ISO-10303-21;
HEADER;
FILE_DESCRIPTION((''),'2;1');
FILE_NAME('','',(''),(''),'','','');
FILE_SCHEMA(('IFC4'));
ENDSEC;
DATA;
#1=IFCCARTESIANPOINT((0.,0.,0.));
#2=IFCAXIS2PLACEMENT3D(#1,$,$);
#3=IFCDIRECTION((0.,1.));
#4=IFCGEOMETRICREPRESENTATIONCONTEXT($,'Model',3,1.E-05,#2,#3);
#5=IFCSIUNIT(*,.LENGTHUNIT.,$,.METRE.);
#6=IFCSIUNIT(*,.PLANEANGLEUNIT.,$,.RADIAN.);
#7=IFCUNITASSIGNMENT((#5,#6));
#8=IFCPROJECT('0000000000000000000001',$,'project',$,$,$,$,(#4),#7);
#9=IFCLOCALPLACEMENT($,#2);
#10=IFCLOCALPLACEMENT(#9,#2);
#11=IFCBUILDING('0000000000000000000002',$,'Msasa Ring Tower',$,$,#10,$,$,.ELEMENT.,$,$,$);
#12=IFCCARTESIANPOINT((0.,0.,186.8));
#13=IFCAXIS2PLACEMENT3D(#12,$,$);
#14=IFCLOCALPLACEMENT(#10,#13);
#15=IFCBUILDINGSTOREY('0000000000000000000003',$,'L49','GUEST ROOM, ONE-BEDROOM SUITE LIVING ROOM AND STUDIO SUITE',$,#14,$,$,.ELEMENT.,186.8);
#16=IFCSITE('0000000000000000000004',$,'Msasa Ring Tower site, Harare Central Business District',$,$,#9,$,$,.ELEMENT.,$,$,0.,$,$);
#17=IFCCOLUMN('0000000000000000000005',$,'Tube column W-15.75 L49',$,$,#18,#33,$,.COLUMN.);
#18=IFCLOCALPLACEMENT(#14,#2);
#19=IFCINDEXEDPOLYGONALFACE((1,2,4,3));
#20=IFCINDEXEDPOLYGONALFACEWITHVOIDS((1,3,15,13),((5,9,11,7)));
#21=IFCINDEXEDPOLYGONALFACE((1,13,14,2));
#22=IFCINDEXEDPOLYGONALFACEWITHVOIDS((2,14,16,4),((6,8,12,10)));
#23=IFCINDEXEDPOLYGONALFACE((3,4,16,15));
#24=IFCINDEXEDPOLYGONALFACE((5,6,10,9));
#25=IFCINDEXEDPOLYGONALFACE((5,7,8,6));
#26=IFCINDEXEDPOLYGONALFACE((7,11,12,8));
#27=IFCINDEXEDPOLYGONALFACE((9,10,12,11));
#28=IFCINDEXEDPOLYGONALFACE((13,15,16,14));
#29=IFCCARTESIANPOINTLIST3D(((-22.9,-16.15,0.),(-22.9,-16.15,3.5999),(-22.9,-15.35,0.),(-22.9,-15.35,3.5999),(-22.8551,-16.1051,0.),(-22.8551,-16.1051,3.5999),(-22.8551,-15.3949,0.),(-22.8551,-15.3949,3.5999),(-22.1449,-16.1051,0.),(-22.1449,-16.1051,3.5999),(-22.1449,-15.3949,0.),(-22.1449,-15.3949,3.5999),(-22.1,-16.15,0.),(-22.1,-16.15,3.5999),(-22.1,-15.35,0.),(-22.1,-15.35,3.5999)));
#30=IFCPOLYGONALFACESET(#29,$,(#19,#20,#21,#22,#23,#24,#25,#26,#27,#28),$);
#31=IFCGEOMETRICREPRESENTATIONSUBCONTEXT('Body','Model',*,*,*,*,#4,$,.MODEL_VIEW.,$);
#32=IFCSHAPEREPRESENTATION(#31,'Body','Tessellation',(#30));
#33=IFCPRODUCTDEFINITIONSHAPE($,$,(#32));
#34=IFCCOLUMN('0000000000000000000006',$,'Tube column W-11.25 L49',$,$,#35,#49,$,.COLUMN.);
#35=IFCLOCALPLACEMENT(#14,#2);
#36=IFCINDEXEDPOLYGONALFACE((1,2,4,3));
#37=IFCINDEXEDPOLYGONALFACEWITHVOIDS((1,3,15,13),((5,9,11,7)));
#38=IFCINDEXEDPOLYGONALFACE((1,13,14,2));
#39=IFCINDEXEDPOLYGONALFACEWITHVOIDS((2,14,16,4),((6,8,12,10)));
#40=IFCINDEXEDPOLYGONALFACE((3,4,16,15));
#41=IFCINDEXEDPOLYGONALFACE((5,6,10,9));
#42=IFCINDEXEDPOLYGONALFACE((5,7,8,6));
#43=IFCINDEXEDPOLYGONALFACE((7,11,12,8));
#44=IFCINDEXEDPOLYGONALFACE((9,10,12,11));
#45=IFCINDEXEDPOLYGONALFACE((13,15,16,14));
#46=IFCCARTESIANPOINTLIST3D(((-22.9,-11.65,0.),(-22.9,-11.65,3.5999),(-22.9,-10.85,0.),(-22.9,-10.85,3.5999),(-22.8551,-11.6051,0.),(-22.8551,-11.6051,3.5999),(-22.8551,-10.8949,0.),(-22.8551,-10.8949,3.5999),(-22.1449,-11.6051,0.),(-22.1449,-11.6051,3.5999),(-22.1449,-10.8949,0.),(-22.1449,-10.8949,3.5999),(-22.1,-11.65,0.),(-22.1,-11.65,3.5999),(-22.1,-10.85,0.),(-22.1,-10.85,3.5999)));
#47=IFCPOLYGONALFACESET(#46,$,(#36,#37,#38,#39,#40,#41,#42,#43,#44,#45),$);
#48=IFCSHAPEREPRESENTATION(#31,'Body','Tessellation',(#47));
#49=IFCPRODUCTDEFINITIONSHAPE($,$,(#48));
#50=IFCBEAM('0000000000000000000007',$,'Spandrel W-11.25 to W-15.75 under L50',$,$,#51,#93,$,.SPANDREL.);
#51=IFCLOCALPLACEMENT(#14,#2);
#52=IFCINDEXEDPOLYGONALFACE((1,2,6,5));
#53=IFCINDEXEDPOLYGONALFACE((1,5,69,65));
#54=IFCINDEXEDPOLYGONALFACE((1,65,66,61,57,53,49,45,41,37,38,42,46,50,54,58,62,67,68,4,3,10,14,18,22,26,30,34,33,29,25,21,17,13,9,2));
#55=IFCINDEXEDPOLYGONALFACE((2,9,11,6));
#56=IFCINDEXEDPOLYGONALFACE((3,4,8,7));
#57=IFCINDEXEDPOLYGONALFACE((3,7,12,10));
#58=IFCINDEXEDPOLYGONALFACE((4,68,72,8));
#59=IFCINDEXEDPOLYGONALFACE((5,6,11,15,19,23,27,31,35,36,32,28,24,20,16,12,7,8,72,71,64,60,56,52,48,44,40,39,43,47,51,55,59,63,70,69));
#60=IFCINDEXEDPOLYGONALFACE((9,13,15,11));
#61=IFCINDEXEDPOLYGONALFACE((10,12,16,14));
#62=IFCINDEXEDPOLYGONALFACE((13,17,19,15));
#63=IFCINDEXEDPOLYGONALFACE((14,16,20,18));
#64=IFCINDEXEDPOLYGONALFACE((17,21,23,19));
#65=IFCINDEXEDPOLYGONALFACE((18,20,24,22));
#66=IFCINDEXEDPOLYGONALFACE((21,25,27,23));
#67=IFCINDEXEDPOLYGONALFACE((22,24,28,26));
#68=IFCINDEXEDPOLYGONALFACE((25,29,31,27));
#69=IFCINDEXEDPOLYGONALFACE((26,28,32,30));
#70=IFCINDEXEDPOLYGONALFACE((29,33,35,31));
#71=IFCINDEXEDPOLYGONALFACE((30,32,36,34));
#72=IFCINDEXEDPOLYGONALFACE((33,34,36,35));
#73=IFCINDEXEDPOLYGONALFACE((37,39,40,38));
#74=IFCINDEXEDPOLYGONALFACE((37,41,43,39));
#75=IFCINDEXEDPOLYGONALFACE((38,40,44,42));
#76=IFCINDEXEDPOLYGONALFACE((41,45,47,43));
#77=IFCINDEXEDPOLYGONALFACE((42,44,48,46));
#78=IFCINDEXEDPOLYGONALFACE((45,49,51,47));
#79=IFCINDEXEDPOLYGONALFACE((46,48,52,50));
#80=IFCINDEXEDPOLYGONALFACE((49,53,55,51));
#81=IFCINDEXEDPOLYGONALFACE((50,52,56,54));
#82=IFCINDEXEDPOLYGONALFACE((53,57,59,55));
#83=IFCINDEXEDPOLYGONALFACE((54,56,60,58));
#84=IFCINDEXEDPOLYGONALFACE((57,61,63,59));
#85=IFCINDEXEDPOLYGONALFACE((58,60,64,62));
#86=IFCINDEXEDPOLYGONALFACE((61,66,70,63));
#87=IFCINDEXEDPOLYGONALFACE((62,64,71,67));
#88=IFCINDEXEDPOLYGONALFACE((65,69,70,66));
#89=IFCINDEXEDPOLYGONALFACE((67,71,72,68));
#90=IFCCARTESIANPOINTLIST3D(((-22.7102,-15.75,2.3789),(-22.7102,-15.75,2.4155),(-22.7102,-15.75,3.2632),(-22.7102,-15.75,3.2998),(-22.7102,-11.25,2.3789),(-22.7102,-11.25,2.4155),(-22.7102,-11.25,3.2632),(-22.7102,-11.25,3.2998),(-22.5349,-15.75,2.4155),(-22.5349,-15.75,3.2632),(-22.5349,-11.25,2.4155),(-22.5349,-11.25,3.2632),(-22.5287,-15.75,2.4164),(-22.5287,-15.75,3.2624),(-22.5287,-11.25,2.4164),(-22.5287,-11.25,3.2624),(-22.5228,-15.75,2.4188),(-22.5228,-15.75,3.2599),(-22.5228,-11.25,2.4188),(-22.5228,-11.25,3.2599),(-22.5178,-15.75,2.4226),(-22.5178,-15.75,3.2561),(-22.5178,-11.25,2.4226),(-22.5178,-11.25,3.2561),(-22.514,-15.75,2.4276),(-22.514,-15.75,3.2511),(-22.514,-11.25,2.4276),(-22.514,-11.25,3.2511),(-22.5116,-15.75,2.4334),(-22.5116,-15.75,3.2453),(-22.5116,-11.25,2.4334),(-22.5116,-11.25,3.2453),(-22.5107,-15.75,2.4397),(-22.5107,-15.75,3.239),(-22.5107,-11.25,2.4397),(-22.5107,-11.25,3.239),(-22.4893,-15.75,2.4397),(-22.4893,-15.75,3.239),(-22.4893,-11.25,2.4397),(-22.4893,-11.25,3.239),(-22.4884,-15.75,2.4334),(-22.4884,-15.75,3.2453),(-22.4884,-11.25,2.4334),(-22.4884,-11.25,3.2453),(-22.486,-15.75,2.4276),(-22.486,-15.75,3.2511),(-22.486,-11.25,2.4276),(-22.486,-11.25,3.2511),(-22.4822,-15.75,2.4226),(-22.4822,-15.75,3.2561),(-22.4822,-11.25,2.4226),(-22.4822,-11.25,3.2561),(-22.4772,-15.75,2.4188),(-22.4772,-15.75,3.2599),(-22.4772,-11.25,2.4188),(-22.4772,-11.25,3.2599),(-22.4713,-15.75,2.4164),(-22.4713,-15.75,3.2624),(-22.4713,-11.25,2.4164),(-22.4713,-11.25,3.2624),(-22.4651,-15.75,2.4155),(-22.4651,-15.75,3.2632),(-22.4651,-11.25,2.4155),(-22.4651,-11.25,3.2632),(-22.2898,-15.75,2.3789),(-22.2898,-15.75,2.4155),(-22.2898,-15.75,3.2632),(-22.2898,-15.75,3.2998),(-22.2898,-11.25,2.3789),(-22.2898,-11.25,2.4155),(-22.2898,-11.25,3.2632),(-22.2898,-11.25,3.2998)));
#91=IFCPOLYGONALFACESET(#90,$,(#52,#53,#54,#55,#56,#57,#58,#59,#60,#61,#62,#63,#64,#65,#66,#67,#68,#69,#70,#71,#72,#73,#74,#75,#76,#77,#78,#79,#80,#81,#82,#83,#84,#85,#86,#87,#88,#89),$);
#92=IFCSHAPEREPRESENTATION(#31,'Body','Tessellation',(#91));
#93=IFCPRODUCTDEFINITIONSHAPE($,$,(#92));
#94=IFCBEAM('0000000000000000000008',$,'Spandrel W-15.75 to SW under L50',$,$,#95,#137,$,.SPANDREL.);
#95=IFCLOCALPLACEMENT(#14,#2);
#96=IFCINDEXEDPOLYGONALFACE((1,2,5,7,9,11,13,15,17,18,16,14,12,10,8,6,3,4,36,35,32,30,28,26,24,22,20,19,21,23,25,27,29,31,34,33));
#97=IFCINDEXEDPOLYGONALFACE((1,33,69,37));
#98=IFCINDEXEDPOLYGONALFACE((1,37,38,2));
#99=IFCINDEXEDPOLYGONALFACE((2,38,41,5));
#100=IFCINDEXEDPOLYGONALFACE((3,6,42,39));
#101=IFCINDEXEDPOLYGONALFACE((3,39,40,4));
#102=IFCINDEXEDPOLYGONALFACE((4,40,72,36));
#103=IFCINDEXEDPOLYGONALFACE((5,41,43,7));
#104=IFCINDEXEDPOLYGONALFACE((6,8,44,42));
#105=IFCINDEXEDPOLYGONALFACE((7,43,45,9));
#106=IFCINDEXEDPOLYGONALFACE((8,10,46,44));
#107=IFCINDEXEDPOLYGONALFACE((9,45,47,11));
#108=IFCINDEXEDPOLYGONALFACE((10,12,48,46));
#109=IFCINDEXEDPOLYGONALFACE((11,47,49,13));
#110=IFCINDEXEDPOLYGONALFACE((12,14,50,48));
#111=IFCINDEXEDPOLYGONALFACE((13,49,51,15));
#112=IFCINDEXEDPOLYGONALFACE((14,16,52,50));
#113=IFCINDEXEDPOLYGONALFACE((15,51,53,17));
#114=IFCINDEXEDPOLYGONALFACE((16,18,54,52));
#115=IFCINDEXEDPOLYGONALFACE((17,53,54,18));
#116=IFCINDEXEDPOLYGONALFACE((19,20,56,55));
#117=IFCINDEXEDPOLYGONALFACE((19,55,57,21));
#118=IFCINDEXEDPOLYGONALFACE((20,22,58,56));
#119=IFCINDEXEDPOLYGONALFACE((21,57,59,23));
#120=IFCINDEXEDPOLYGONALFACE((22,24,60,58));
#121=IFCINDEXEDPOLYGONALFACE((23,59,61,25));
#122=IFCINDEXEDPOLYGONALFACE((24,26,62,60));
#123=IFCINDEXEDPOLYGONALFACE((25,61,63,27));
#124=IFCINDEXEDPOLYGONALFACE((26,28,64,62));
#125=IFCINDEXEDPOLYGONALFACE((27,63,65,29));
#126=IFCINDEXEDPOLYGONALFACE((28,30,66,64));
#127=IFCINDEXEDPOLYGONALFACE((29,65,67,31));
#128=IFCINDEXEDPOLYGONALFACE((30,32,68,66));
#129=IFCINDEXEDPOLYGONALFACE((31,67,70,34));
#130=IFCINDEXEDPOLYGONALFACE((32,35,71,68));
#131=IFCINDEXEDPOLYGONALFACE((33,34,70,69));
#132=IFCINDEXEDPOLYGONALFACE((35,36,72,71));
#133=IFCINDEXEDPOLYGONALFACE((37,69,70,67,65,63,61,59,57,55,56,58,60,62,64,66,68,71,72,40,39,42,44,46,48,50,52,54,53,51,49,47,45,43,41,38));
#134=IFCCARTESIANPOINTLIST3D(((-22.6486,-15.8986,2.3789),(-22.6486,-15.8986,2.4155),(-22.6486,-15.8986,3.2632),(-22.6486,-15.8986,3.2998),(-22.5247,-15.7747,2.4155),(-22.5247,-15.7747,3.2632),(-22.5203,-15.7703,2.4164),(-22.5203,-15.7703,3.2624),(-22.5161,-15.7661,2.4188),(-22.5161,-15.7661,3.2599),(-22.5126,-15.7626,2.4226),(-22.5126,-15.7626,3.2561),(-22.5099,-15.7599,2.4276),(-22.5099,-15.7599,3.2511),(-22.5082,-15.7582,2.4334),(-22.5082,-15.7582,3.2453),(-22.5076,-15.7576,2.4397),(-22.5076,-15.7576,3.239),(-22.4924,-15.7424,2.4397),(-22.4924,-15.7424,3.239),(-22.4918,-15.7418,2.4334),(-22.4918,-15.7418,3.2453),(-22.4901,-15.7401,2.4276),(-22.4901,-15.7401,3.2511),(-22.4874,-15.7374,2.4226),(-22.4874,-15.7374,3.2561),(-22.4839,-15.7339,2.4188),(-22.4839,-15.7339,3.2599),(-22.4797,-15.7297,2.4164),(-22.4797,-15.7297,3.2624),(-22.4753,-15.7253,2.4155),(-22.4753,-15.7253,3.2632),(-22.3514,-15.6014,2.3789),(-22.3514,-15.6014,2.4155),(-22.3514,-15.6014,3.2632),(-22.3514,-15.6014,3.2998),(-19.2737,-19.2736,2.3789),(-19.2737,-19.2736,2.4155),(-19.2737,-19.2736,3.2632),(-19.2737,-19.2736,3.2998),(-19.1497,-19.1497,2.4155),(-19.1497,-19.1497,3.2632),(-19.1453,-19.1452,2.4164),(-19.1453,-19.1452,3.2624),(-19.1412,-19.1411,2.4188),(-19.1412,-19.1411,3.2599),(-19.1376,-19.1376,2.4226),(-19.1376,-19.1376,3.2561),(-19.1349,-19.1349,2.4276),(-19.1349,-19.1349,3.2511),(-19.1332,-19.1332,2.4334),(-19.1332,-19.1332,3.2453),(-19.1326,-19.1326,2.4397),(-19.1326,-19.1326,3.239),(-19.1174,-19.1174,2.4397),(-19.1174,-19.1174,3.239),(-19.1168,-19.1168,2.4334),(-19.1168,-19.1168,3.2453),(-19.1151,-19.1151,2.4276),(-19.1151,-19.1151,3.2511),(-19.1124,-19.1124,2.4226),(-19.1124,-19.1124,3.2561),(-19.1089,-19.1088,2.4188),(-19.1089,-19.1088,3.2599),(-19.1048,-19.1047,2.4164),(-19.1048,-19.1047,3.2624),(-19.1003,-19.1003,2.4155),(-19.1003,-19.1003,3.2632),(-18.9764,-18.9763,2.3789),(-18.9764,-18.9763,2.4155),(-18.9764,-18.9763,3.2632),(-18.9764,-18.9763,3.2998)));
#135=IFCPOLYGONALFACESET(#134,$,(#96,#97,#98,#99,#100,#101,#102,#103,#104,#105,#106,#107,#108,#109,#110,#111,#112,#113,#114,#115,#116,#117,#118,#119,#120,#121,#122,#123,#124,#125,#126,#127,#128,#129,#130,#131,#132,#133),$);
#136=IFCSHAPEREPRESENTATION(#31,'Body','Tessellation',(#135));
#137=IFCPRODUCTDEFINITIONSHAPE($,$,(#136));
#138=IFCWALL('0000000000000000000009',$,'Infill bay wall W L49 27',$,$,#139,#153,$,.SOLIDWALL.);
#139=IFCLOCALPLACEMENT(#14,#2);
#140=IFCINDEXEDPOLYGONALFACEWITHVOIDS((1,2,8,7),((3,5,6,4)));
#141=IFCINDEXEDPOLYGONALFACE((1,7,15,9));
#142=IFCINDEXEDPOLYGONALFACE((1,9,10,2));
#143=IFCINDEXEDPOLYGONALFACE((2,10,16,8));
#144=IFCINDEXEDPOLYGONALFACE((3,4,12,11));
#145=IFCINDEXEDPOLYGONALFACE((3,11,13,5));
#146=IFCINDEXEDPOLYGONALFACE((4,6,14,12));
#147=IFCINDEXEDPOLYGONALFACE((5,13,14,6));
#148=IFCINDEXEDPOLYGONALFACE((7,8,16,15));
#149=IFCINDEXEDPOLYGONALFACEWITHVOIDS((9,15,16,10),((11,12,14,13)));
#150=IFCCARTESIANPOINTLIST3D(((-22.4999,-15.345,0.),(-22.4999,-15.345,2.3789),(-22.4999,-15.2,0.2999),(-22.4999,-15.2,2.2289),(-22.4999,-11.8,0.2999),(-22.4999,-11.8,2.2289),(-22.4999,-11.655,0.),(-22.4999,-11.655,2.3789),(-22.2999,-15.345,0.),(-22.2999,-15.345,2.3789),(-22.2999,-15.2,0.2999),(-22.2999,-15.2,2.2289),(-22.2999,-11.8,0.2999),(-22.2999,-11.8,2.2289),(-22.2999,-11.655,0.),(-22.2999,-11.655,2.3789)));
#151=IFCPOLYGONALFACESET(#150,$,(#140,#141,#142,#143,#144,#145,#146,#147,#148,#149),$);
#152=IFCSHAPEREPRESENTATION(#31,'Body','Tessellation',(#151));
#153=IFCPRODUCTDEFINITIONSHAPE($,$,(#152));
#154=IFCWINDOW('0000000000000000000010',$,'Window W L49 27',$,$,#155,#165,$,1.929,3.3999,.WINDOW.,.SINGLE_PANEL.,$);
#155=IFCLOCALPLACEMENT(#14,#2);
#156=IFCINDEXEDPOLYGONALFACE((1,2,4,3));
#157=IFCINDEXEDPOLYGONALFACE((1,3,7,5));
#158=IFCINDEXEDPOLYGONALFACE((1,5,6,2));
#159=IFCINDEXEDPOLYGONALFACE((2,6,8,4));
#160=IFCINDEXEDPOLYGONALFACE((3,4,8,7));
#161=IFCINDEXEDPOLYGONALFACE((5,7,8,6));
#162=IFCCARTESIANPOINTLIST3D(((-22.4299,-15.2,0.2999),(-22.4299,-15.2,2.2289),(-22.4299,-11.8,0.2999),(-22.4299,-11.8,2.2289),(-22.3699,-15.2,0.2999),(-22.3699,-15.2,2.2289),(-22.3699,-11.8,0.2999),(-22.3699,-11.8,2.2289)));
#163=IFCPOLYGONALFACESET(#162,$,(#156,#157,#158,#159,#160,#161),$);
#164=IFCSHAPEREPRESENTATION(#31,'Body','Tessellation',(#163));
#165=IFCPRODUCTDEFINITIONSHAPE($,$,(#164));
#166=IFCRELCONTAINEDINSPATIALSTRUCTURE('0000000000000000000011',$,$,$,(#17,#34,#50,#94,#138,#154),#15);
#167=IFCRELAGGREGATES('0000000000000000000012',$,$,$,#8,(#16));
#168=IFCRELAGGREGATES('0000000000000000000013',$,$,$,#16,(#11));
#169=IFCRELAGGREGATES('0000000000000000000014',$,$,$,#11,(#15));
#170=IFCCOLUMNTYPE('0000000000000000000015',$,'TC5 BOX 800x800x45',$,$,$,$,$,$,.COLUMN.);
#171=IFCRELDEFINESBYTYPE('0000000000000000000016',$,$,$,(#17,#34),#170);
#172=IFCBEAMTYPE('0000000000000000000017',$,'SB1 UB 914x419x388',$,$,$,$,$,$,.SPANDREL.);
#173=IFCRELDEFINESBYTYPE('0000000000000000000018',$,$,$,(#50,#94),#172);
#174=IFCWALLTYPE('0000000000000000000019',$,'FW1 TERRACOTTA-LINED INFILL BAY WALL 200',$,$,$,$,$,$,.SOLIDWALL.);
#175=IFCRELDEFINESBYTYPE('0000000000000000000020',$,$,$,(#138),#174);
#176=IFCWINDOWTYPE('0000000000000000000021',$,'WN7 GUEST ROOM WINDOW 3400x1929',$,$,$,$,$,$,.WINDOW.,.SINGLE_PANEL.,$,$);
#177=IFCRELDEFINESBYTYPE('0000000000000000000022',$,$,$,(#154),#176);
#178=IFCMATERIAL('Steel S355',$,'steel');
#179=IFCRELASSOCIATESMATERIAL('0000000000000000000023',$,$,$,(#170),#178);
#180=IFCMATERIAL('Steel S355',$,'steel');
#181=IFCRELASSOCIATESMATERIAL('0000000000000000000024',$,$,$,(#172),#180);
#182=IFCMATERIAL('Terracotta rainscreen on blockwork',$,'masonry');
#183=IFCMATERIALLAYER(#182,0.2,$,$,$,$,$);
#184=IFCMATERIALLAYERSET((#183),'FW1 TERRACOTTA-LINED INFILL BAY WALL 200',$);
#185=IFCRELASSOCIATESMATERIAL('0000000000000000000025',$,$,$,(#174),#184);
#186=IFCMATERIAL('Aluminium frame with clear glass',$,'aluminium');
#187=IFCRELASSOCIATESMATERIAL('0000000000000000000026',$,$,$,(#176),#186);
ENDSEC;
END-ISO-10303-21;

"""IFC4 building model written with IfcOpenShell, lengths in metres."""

from ifc_helpers import new_model, si_unit, direction, frame, frame_2d, origin, origin_2d, place, context, subcontext, project, spatial, rectangle, hollow_rectangle, i_section, extrude, material, layer, layer_set, material_profile, profile_set, type_object, element, fill, save


model = new_model("IFC4")

# Units and contexts
model_context = context("Model", 3, precision=1e-05, world=origin(), true_north=direction((0.0, 1.0)))
body_context = subcontext(model_context, "Body", "Model", "MODEL_VIEW")
ifc_project = project(units=[si_unit("LENGTHUNIT", "METRE"), si_unit("PLANEANGLEUNIT", "RADIAN")], contexts=[model_context])

# Site, building, storey
site_placement = place(None, origin())
site = spatial("IfcSite", under=ifc_project, at=site_placement, Name="Msasa Ring Tower site, Harare Central Business District", CompositionType="ELEMENT", RefElevation=0.0)
building_placement = place(site_placement, origin())
building = spatial("IfcBuilding", under=site, at=building_placement, Name="Msasa Ring Tower", CompositionType="ELEMENT")
storey_placement = place(building_placement, frame((0.0, 0.0, 186.8)))
storey = spatial("IfcBuildingStorey", under=building, at=storey_placement, Name="L49", Description="GUEST ROOM, ONE-BEDROOM SUITE LIVING ROOM AND STUDIO SUITE", CompositionType="ELEMENT", Elevation=186.8)

# Columns
ifc_material_1 = material(Name="Steel S355", Category="steel")
ifc_material_profile_1 = material_profile(ifc_material_1, hollow_rectangle(XDim=0.8, YDim=0.8, WallThickness=0.0449, at=origin_2d()), Name="BOX 800x800x45")
ifc_profile_set_1 = profile_set([ifc_material_profile_1], Name="Steel S355")
column_type = type_object("IfcColumnType", Name="TC5 BOX 800x800x45", PredefinedType="COLUMN", material=ifc_profile_set_1)
for number, where, z_axis, x_axis, name in (
    (1, (-22.5, -15.75, 0.0), (0.0, 0.0, 1.0), (1.0, 0.0, 0.0), "Tube column W-15.75 L49"),
    (2, (-22.5, -11.25, 0.0), (0.0, 0.0, 1.0), (1.0, 0.0, 0.0), "Tube column W-11.25 L49"),
):
    element("IfcColumn", number, at=place(storey_placement, frame(where, z_axis=z_axis, x_axis=x_axis)), inside=storey, type_object=column_type, Name=name, PredefinedType="COLUMN", context=body_context, shape_type="SweptSolid", body=[
        extrude(hollow_rectangle(XDim=0.8, YDim=0.8, WallThickness=0.0449, at=origin_2d()), origin(), (0.0, 0.0, 1.0), 3.5999),
    ])

# Beams
ifc_material_2 = material(Name="Steel S355", Category="steel")
ifc_material_profile_2 = material_profile(ifc_material_2, i_section(OverallWidth=0.4204, OverallDepth=0.9209, WebThickness=0.0215, FlangeThickness=0.0366, FilletRadius=0.0242, at=origin_2d()), Name="UB 914x419x388")
ifc_profile_set_2 = profile_set([ifc_material_profile_2], Name="Steel S355")
beam_type = type_object("IfcBeamType", Name="SB1 UB 914x419x388", PredefinedType="SPANDREL", material=ifc_profile_set_2)
beam_1_placement = place(storey_placement, frame((-22.5, -11.25, 2.8394), z_axis=(0.0, -1.0, 0.0), x_axis=(1.0, 0.0, 0.0)))
element("IfcBeam", 3, at=beam_1_placement, inside=storey, type_object=beam_type, Name="Spandrel W-11.25 to W-15.75 under L50", PredefinedType="SPANDREL", context=body_context, shape_type="SweptSolid", body=[
    extrude(i_section(OverallWidth=0.4204, OverallDepth=0.9209, WebThickness=0.0215, FlangeThickness=0.0366, FilletRadius=0.0242, at=origin_2d()), origin(), (0.0, 0.0, 1.0), 4.5),
])
beam_2_placement = place(storey_placement, frame((-22.5, -15.75, 2.8394), z_axis=(0.707107, -0.707107, 0.0), x_axis=(0.707107, 0.707107, 0.0)))
element("IfcBeam", 4, at=beam_2_placement, inside=storey, type_object=beam_type, Name="Spandrel W-15.75 to SW under L50", PredefinedType="SPANDREL", context=body_context, shape_type="SweptSolid", body=[
    extrude(i_section(OverallWidth=0.4204, OverallDepth=0.9209, WebThickness=0.0215, FlangeThickness=0.0366, FilletRadius=0.0242, at=origin_2d()), origin(), (0.0, 0.0, 1.0), 4.7729),
])

# Wall, opening, window
ifc_material_3 = material(Name="Terracotta rainscreen on blockwork", Category="masonry")
ifc_layer = layer(ifc_material_3, 0.2)
ifc_layer_set = layer_set([ifc_layer], Name="FW1 TERRACOTTA-LINED INFILL BAY WALL 200")
wall_type = type_object("IfcWallType", Name="FW1 TERRACOTTA-LINED INFILL BAY WALL 200", PredefinedType="SOLIDWALL", material=ifc_layer_set)
wall_1_placement = place(storey_placement, frame((-22.3999, -15.345, 0.0), z_axis=(0.0, 0.0, 1.0), x_axis=(0.0, 1.0, 0.0)))
wall_1 = element("IfcWall", 5, at=wall_1_placement, inside=storey, type_object=wall_type, Name="Infill bay wall W L49 27", PredefinedType="SOLIDWALL", context=body_context, shape_type="SweptSolid", body=[
    extrude(rectangle(XDim=3.6899, YDim=0.2, at=frame_2d((1.845, 0.0))), origin(), (0.0, 0.0, 1.0), 2.3789),
])
opening_1_placement = place(wall_1_placement, frame((0.145, 0.0, 0.3)))
opening_1 = element("IfcOpeningElement", 6, at=opening_1_placement, cuts=wall_1, PredefinedType="OPENING", context=body_context, shape_type="SweptSolid", body=[
    extrude(rectangle(XDim=3.3999, YDim=1.929, at=frame_2d((1.7, 0.9644))), frame((0.0, 0.1099, 0.0), z_axis=(0.0, -1.0, 0.0), x_axis=(1.0, 0.0, 0.0)), (0.0, 0.0, 1.0), 0.22),
])
ifc_material_4 = material(Name="Aluminium frame with clear glass", Category="aluminium")
window_type = type_object("IfcWindowType", Name="WN7 GUEST ROOM WINDOW 3400x1929", PartitioningType="SINGLE_PANEL", PredefinedType="WINDOW", material=ifc_material_4)
window_1_placement = place(opening_1_placement, origin())
window_1 = element("IfcWindow", 7, at=window_1_placement, inside=storey, type_object=window_type, Name="Window W L49 27", OverallHeight=1.929, OverallWidth=3.3999, PartitioningType="SINGLE_PANEL", PredefinedType="WINDOW", context=body_context, shape_type="SweptSolid", body=[
    extrude(rectangle(XDim=3.3999, YDim=1.929, at=frame_2d((1.7, 0.9644))), frame((0.0, 0.03, 0.0), z_axis=(0.0, -1.0, 0.0), x_axis=(1.0, 0.0, 0.0)), (0.0, 0.0, 1.0), 0.0601),
])
fill(opening_1, window_1)

save(model, "model.ifc")
